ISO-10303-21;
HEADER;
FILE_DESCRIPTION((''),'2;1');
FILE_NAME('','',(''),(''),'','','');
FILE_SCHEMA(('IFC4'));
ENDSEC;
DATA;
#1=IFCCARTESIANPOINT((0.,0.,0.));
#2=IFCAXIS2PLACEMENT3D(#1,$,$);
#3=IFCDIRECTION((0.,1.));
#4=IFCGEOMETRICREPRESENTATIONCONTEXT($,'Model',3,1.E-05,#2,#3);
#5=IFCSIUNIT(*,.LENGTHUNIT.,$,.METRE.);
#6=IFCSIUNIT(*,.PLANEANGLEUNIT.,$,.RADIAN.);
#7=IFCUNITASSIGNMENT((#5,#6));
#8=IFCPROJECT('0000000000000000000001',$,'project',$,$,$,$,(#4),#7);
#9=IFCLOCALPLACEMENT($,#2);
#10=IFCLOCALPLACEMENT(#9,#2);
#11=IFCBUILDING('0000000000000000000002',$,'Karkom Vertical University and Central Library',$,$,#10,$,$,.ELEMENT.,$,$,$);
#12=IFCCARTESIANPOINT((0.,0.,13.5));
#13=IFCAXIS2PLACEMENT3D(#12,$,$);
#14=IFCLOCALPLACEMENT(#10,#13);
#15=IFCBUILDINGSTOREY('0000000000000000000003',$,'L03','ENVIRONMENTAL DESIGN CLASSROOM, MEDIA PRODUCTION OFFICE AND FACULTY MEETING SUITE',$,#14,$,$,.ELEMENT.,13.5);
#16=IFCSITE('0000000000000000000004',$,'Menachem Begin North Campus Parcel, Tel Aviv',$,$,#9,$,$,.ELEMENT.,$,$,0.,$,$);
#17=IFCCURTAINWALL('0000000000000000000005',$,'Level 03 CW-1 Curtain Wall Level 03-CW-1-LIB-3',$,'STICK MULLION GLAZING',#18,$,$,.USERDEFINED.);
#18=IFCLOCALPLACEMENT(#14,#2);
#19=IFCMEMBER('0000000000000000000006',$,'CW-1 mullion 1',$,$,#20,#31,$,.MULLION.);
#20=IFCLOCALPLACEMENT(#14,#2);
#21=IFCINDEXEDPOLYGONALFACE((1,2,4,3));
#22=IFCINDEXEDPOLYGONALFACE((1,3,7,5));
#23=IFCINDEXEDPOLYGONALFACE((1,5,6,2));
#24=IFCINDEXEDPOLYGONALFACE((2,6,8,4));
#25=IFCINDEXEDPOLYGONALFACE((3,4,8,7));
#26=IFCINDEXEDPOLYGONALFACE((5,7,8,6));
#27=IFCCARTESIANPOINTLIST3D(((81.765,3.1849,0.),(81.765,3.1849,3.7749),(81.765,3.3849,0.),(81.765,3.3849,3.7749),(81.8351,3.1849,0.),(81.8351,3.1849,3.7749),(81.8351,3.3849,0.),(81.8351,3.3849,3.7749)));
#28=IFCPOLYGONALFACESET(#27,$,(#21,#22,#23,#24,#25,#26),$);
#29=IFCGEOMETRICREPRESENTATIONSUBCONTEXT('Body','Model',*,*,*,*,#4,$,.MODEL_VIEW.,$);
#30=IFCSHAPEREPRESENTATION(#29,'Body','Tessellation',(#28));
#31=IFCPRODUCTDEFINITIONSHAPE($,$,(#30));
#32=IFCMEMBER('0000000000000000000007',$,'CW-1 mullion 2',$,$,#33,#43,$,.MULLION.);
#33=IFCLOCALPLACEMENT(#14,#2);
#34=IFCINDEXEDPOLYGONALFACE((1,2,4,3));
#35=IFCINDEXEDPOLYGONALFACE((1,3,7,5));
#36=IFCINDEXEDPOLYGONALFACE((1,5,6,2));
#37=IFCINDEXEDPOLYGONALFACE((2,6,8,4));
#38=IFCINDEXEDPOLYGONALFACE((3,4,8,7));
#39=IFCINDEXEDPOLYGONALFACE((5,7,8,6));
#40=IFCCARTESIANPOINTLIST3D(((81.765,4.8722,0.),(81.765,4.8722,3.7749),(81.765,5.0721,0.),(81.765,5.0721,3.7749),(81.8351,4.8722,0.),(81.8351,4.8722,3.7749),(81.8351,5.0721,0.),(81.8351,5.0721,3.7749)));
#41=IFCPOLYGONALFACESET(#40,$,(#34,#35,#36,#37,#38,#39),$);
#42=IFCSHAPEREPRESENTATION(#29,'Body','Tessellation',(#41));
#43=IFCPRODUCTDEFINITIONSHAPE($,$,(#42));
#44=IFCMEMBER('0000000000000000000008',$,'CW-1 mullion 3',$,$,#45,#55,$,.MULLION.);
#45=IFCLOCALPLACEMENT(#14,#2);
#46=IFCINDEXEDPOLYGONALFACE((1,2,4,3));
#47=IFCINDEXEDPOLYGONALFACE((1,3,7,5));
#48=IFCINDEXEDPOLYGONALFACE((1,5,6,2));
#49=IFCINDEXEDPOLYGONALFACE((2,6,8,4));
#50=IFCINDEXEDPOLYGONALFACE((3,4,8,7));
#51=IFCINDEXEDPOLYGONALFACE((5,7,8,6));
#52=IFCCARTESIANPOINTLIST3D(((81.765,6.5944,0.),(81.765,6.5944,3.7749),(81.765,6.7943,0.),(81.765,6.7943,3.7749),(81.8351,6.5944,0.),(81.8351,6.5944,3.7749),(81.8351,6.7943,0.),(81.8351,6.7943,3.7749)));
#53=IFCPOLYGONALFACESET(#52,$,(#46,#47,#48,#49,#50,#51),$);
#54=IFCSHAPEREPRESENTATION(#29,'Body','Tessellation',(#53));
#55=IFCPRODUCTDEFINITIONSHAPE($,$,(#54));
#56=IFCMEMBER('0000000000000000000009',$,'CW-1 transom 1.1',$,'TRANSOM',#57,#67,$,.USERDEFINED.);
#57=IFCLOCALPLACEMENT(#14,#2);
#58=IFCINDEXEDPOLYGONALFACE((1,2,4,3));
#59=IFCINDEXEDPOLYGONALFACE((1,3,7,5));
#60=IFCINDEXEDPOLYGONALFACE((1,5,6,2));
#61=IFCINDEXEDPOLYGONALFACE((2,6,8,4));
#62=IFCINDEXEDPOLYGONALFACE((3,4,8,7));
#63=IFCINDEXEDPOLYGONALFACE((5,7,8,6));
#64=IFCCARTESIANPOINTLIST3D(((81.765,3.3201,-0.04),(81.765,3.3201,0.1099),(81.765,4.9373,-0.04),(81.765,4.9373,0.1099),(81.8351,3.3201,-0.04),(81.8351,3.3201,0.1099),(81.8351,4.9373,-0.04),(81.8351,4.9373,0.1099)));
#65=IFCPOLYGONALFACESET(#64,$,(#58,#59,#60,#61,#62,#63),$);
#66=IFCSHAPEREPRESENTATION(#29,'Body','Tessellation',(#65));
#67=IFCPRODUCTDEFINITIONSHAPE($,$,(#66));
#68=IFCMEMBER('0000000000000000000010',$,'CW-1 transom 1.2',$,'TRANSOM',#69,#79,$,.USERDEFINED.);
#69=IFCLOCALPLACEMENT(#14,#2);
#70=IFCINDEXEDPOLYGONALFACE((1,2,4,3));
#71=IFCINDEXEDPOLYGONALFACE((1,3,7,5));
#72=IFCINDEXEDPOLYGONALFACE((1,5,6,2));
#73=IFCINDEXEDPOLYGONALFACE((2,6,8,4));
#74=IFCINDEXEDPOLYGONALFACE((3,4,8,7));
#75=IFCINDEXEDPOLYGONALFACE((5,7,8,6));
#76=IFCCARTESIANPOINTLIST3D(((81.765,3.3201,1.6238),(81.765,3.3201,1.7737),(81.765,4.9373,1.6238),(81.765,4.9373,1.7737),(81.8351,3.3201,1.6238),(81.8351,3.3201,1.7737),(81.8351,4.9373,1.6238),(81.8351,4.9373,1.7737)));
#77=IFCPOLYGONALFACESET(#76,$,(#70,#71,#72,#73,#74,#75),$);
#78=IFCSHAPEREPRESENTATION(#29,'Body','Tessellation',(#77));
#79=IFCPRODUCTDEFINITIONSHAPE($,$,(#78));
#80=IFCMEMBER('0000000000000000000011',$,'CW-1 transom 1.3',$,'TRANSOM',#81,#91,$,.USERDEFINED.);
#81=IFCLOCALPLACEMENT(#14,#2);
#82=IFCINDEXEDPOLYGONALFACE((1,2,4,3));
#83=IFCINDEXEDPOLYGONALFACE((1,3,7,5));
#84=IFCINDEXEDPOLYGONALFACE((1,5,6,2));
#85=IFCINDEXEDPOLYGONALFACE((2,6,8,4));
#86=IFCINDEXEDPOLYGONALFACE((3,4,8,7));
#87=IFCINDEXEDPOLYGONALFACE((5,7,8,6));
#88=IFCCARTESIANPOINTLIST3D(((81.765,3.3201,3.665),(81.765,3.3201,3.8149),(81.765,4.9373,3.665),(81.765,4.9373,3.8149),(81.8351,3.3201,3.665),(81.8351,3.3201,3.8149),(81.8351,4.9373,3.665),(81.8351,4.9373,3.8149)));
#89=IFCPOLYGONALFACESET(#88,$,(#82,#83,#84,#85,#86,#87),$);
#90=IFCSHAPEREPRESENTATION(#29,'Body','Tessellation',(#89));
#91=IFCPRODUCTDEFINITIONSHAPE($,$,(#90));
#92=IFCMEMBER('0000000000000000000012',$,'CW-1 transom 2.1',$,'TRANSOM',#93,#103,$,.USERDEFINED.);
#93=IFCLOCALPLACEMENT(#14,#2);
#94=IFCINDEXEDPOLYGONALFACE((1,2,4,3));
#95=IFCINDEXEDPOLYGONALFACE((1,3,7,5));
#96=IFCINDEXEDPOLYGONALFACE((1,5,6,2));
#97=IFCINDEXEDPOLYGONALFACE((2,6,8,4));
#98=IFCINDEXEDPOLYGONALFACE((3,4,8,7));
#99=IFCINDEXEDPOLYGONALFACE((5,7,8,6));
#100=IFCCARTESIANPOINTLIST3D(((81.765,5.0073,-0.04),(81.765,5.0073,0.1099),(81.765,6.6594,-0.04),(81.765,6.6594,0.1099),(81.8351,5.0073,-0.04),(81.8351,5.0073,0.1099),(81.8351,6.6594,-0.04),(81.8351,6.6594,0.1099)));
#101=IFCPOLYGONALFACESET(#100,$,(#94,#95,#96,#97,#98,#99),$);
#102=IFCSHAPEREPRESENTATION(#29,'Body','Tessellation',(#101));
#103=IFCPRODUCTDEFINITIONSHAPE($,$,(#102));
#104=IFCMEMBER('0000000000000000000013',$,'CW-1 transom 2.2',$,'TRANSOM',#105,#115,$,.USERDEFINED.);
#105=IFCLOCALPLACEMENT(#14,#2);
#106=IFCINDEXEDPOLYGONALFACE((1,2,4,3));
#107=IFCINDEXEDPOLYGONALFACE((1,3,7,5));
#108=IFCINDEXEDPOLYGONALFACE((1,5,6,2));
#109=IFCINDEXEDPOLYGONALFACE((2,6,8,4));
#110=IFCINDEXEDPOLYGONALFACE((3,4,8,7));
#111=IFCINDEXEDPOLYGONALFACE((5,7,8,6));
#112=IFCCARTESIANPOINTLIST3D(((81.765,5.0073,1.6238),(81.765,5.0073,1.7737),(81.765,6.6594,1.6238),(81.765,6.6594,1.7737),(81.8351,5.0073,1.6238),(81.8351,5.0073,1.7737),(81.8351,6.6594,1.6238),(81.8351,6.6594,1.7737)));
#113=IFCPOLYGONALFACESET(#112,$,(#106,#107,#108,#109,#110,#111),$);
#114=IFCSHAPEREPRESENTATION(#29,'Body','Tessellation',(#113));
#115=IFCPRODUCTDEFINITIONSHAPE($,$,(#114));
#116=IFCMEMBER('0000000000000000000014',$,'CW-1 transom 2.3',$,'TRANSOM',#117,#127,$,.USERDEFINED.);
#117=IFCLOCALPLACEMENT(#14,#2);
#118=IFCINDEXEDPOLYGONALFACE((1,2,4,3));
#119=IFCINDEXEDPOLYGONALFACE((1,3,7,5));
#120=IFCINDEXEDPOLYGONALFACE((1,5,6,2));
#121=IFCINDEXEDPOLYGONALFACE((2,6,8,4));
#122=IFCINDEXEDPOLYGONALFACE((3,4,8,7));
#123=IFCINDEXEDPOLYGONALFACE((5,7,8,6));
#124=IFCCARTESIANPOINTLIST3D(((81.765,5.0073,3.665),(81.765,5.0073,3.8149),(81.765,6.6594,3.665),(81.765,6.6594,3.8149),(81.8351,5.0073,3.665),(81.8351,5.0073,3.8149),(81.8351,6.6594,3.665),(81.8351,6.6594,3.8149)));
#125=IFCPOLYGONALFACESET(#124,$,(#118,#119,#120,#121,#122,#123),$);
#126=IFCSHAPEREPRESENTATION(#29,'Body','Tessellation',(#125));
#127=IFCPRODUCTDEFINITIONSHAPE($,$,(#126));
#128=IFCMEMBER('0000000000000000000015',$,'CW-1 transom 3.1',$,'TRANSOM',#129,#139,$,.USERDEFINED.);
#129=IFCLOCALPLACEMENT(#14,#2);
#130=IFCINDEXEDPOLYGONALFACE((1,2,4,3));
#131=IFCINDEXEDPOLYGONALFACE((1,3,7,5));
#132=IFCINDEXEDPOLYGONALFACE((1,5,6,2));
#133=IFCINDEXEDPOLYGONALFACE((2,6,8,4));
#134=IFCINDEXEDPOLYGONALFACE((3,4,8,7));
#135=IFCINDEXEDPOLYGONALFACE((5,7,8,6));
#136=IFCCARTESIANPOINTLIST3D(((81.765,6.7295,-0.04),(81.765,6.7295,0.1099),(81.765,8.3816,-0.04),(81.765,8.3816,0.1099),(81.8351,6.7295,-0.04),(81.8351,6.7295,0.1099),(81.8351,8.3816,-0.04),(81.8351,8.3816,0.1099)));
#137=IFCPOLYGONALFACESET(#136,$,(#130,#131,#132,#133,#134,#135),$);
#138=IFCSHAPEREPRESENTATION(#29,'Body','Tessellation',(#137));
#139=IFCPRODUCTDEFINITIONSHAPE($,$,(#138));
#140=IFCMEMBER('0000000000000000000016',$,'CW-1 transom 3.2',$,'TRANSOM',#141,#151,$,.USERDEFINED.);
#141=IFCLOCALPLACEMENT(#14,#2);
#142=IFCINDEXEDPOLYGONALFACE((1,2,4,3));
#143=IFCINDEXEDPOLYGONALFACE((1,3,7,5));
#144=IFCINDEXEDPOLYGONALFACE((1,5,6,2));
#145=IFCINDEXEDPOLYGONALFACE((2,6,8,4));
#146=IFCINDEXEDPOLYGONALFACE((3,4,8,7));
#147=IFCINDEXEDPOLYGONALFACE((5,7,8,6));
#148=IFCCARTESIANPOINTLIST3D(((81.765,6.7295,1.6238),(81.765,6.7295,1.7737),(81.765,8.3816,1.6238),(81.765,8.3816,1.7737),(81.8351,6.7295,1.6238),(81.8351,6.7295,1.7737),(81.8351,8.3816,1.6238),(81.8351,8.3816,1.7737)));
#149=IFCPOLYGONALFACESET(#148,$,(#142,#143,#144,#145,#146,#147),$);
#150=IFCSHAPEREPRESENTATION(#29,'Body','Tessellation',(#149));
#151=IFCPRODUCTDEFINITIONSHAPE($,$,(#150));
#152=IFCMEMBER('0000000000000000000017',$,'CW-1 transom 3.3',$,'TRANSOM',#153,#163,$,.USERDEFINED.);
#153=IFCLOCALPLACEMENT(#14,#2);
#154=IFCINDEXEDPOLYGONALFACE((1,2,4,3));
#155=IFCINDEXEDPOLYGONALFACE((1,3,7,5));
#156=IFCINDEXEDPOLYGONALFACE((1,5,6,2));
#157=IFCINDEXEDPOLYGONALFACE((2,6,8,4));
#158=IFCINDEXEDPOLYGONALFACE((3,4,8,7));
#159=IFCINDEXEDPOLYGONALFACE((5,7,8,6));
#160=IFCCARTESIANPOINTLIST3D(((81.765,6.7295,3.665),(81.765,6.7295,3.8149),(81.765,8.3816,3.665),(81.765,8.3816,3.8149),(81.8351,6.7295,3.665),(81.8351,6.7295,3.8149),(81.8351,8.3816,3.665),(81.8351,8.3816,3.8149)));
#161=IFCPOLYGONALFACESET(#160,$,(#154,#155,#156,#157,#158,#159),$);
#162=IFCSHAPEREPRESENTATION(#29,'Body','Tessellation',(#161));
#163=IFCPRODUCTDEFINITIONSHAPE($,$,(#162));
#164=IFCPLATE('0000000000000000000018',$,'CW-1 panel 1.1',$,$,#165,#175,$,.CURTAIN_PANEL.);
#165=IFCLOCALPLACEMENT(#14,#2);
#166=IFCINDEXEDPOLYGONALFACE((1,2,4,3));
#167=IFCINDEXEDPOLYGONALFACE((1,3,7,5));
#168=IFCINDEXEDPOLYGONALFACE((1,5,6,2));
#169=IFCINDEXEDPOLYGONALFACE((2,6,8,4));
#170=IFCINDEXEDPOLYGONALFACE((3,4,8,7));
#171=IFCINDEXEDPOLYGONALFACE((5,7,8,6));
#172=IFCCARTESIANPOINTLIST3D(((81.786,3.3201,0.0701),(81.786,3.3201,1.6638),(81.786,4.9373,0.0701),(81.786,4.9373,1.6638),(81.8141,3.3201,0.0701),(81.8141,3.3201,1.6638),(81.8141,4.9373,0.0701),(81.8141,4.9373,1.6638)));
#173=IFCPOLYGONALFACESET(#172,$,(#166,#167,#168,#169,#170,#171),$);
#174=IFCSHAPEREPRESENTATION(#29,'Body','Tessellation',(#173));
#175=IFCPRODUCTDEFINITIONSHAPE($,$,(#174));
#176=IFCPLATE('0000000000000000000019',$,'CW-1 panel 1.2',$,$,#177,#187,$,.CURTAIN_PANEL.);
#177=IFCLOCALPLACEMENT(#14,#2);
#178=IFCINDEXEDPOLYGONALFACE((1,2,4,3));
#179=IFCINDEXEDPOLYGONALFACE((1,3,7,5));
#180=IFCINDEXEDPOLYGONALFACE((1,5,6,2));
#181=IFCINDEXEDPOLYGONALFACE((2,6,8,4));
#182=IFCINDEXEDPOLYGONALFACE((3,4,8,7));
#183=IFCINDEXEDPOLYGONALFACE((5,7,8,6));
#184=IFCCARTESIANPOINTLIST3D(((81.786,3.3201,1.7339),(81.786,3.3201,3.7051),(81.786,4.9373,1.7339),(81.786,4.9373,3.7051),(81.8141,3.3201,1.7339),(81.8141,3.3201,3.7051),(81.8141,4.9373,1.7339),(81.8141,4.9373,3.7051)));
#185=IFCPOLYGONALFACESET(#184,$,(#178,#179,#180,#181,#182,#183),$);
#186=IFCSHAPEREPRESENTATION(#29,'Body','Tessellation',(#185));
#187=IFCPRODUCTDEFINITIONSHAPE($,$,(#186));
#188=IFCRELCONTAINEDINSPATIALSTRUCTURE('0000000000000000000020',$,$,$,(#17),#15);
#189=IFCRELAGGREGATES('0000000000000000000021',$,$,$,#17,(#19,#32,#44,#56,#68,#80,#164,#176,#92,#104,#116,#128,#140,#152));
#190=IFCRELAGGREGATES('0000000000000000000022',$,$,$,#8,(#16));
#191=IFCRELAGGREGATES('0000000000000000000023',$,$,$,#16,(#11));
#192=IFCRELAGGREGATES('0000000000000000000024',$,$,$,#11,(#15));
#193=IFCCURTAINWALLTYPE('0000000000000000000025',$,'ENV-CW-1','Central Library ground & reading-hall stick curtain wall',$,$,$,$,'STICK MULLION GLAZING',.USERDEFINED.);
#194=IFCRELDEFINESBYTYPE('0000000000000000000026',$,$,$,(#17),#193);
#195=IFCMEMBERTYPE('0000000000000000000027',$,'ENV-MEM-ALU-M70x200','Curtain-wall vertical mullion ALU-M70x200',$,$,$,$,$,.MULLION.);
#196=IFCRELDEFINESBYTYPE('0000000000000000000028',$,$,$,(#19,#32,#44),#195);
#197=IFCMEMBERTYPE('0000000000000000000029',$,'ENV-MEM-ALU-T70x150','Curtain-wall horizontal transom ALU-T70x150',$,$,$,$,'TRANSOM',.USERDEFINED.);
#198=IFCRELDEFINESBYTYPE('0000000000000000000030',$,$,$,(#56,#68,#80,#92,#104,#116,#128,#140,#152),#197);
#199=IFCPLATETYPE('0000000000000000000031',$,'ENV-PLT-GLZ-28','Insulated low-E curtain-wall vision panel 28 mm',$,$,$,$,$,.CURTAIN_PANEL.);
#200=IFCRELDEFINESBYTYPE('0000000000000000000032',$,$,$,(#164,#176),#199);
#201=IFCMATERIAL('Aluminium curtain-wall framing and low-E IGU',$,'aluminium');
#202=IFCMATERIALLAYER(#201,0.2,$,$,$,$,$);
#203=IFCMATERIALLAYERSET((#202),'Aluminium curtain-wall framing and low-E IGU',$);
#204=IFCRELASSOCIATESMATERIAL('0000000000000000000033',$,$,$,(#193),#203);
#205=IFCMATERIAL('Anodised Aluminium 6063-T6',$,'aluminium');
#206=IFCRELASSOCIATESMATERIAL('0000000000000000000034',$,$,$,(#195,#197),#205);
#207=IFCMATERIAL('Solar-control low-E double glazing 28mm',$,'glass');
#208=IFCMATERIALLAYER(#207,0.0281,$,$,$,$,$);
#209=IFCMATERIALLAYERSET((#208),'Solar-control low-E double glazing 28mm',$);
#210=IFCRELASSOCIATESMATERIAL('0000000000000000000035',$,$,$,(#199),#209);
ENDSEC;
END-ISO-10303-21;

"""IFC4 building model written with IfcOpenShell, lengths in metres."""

from ifc_helpers import new_model, si_unit, direction, frame, origin, origin_with_axes, origin_2d, place, context, subcontext, project, spatial, rectangle, extrude, source, transform, mapped, material, layer, layer_set, material_profile, profile_set, type_object, element, aggregate, save


model = new_model("IFC4")

# Units and contexts
model_context = context("Model", 3, precision=1e-05, world=origin(), true_north=direction((0.0, 1.0)))
body_context = subcontext(model_context, "Body", "Model", "MODEL_VIEW")
ifc_project = project(units=[si_unit("LENGTHUNIT", "METRE"), si_unit("PLANEANGLEUNIT", "RADIAN")], contexts=[model_context])

# Site, building, storey
site_placement = place(None, origin())
site = spatial("IfcSite", under=ifc_project, at=site_placement, Name="Menachem Begin North Campus Parcel, Tel Aviv", CompositionType="ELEMENT", RefElevation=0.0)
building_placement = place(site_placement, origin())
building = spatial("IfcBuilding", under=site, at=building_placement, Name="Karkom Vertical University and Central Library", CompositionType="ELEMENT")
storey_placement = place(building_placement, frame((0.0, 0.0, 13.5)))
storey = spatial("IfcBuildingStorey", under=building, at=storey_placement, Name="L03", Description="ENVIRONMENTAL DESIGN CLASSROOM, MEDIA PRODUCTION OFFICE AND FACULTY MEETING SUITE", CompositionType="ELEMENT", Elevation=13.5)

# Curtain wall, members, plates
ifc_material_1 = material(Name="Aluminium curtain-wall framing and low-E IGU", Category="aluminium")
ifc_layer_1 = layer(ifc_material_1, 0.2)
ifc_layer_set_1 = layer_set([ifc_layer_1], Name="Aluminium curtain-wall framing and low-E IGU")
curtain_wall_type = type_object("IfcCurtainWallType", Name="ENV-CW-1", Description="Central Library ground & reading-hall stick curtain wall", ElementType="STICK MULLION GLAZING", PredefinedType="USERDEFINED", material=ifc_layer_set_1)
curtain_wall_placement = place(storey_placement, origin())
curtain_wall = element("IfcCurtainWall", 1, at=curtain_wall_placement, inside=storey, type_object=curtain_wall_type, Name="Level 03 CW-1 Curtain Wall Level 03-CW-1-LIB-3", ObjectType="STICK MULLION GLAZING", PredefinedType="USERDEFINED")
ifc_material_2 = material(Name="Anodised Aluminium 6063-T6", Category="aluminium")
ifc_material_profile_1 = material_profile(ifc_material_2, rectangle(XDim=0.0701, YDim=0.2, at=origin_2d()), Name="ALU-M70x200")
ifc_profile_set_1 = profile_set([ifc_material_profile_1], Name="Anodised Aluminium 6063-T6")
member_type_1 = type_object("IfcMemberType", Name="ENV-MEM-ALU-M70x200", Description="Curtain-wall vertical mullion ALU-M70x200", PredefinedType="MULLION", material=ifc_profile_set_1)
shared_shape_1 = source(origin_with_axes(), body_context, "Body", "SweptSolid", [
    extrude(rectangle(XDim=0.0701, YDim=0.2, at=origin_2d()), origin(), (0.0, 0.0, 1.0), 3.7749),
])
member_1_placement = place(storey_placement, frame((81.8, 3.2849, 0.0), z_axis=(0.0, 0.0, 1.0), x_axis=(-1.0, 0.0, 0.0)))
member_1 = element("IfcMember", 2, at=member_1_placement, type_object=member_type_1, Name="CW-1 mullion 1", PredefinedType="MULLION", context=body_context, shape_type="MappedRepresentation", body=[
    mapped(shared_shape_1, transform((0.0, 0.0, 0.0), scale=1.0)),
])
member_2_placement = place(storey_placement, frame((81.8, 4.9722, 0.0), z_axis=(0.0, 0.0, 1.0), x_axis=(-1.0, 0.0, 0.0)))
member_2 = element("IfcMember", 3, at=member_2_placement, type_object=member_type_1, Name="CW-1 mullion 2", PredefinedType="MULLION", context=body_context, shape_type="MappedRepresentation", body=[
    mapped(shared_shape_1, transform((0.0, 0.0, 0.0), scale=1.0)),
])
member_3_placement = place(storey_placement, frame((81.8, 6.6943, 0.0), z_axis=(0.0, 0.0, 1.0), x_axis=(-1.0, 0.0, 0.0)))
member_3 = element("IfcMember", 4, at=member_3_placement, type_object=member_type_1, Name="CW-1 mullion 3", PredefinedType="MULLION", context=body_context, shape_type="MappedRepresentation", body=[
    mapped(shared_shape_1, transform((0.0, 0.0, 0.0), scale=1.0)),
])
ifc_material_profile_2 = material_profile(ifc_material_2, rectangle(XDim=0.0701, YDim=0.1499, at=origin_2d()), Name="ALU-T70x150")
ifc_profile_set_2 = profile_set([ifc_material_profile_2], Name="Anodised Aluminium 6063-T6")
member_type_2 = type_object("IfcMemberType", Name="ENV-MEM-ALU-T70x150", Description="Curtain-wall horizontal transom ALU-T70x150", ElementType="TRANSOM", PredefinedType="USERDEFINED", material=ifc_profile_set_2)
shared_shape_2 = source(origin_with_axes(), body_context, "Body", "SweptSolid", [
    extrude(rectangle(XDim=0.0701, YDim=0.1499, at=origin_2d()), origin(), (0.0, 0.0, 1.0), 1.6172),
])
member_4_placement = place(storey_placement, frame((81.8, 3.3201, 0.0349), z_axis=(0.0, 1.0, 0.0), x_axis=(-1.0, 0.0, 0.0)))
member_4 = element("IfcMember", 5, at=member_4_placement, type_object=member_type_2, Name="CW-1 transom 1.1", ObjectType="TRANSOM", PredefinedType="USERDEFINED", context=body_context, shape_type="MappedRepresentation", body=[
    mapped(shared_shape_2, transform((0.0, 0.0, 0.0), scale=1.0)),
])
member_5_placement = place(storey_placement, frame((81.8, 3.3201, 1.6987), z_axis=(0.0, 1.0, 0.0), x_axis=(-1.0, 0.0, 0.0)))
member_5 = element("IfcMember", 6, at=member_5_placement, type_object=member_type_2, Name="CW-1 transom 1.2", ObjectType="TRANSOM", PredefinedType="USERDEFINED", context=body_context, shape_type="MappedRepresentation", body=[
    mapped(shared_shape_2, transform((0.0, 0.0, 0.0), scale=1.0)),
])
member_6_placement = place(storey_placement, frame((81.8, 3.3201, 3.74), z_axis=(0.0, 1.0, 0.0), x_axis=(-1.0, 0.0, 0.0)))
member_6 = element("IfcMember", 7, at=member_6_placement, type_object=member_type_2, Name="CW-1 transom 1.3", ObjectType="TRANSOM", PredefinedType="USERDEFINED", context=body_context, shape_type="MappedRepresentation", body=[
    mapped(shared_shape_2, transform((0.0, 0.0, 0.0), scale=1.0)),
])
shared_shape_3 = source(origin_with_axes(), body_context, "Body", "SweptSolid", [
    extrude(rectangle(XDim=0.0701, YDim=0.1499, at=origin_2d()), origin(), (0.0, 0.0, 1.0), 1.6521),
])
member_7_placement = place(storey_placement, frame((81.8, 5.0073, 0.0349), z_axis=(0.0, 1.0, 0.0), x_axis=(-1.0, 0.0, 0.0)))
member_7 = element("IfcMember", 8, at=member_7_placement, type_object=member_type_2, Name="CW-1 transom 2.1", ObjectType="TRANSOM", PredefinedType="USERDEFINED", context=body_context, shape_type="MappedRepresentation", body=[
    mapped(shared_shape_3, transform((0.0, 0.0, 0.0), scale=1.0)),
])
member_8_placement = place(storey_placement, frame((81.8, 5.0073, 1.6987), z_axis=(0.0, 1.0, 0.0), x_axis=(-1.0, 0.0, 0.0)))
member_8 = element("IfcMember", 9, at=member_8_placement, type_object=member_type_2, Name="CW-1 transom 2.2", ObjectType="TRANSOM", PredefinedType="USERDEFINED", context=body_context, shape_type="MappedRepresentation", body=[
    mapped(shared_shape_3, transform((0.0, 0.0, 0.0), scale=1.0)),
])
member_9_placement = place(storey_placement, frame((81.8, 5.0073, 3.74), z_axis=(0.0, 1.0, 0.0), x_axis=(-1.0, 0.0, 0.0)))
member_9 = element("IfcMember", 10, at=member_9_placement, type_object=member_type_2, Name="CW-1 transom 2.3", ObjectType="TRANSOM", PredefinedType="USERDEFINED", context=body_context, shape_type="MappedRepresentation", body=[
    mapped(shared_shape_3, transform((0.0, 0.0, 0.0), scale=1.0)),
])
member_10_placement = place(storey_placement, frame((81.8, 6.7295, 0.0349), z_axis=(0.0, 1.0, 0.0), x_axis=(-1.0, 0.0, 0.0)))
member_10 = element("IfcMember", 11, at=member_10_placement, type_object=member_type_2, Name="CW-1 transom 3.1", ObjectType="TRANSOM", PredefinedType="USERDEFINED", context=body_context, shape_type="MappedRepresentation", body=[
    mapped(shared_shape_3, transform((0.0, 0.0, 0.0), scale=1.0)),
])
member_11_placement = place(storey_placement, frame((81.8, 6.7295, 1.6987), z_axis=(0.0, 1.0, 0.0), x_axis=(-1.0, 0.0, 0.0)))
member_11 = element("IfcMember", 12, at=member_11_placement, type_object=member_type_2, Name="CW-1 transom 3.2", ObjectType="TRANSOM", PredefinedType="USERDEFINED", context=body_context, shape_type="MappedRepresentation", body=[
    mapped(shared_shape_3, transform((0.0, 0.0, 0.0), scale=1.0)),
])
member_12_placement = place(storey_placement, frame((81.8, 6.7295, 3.74), z_axis=(0.0, 1.0, 0.0), x_axis=(-1.0, 0.0, 0.0)))
member_12 = element("IfcMember", 13, at=member_12_placement, type_object=member_type_2, Name="CW-1 transom 3.3", ObjectType="TRANSOM", PredefinedType="USERDEFINED", context=body_context, shape_type="MappedRepresentation", body=[
    mapped(shared_shape_3, transform((0.0, 0.0, 0.0), scale=1.0)),
])
ifc_material_3 = material(Name="Solar-control low-E double glazing 28mm", Category="glass")
ifc_layer_2 = layer(ifc_material_3, 0.0281)
ifc_layer_set_2 = layer_set([ifc_layer_2], Name="Solar-control low-E double glazing 28mm")
plate_type = type_object("IfcPlateType", Name="ENV-PLT-GLZ-28", Description="Insulated low-E curtain-wall vision panel 28 mm", PredefinedType="CURTAIN_PANEL", material=ifc_layer_set_2)
shared_shape_4 = source(origin_with_axes(), body_context, "Body", "SweptSolid", [
    extrude(rectangle(XDim=1.6172, YDim=0.0281, at=origin_2d()), origin(), (0.0, 0.0, 1.0), 1.5938),
])
plate_1_placement = place(storey_placement, frame((81.8, 4.1287, 0.0701), z_axis=(0.0, 0.0, 1.0), x_axis=(0.0, 1.0, 0.0)))
plate_1 = element("IfcPlate", 14, at=plate_1_placement, type_object=plate_type, Name="CW-1 panel 1.1", PredefinedType="CURTAIN_PANEL", context=body_context, shape_type="MappedRepresentation", body=[
    mapped(shared_shape_4, transform((0.0, 0.0, 0.0), scale=1.0)),
])
shared_shape_5 = source(origin_with_axes(), body_context, "Body", "SweptSolid", [
    extrude(rectangle(XDim=1.6172, YDim=0.0281, at=origin_2d()), origin(), (0.0, 0.0, 1.0), 1.9712),
])
plate_2_placement = place(storey_placement, frame((81.8, 4.1287, 1.7339), z_axis=(0.0, 0.0, 1.0), x_axis=(0.0, 1.0, 0.0)))
plate_2 = element("IfcPlate", 15, at=plate_2_placement, type_object=plate_type, Name="CW-1 panel 1.2", PredefinedType="CURTAIN_PANEL", context=body_context, shape_type="MappedRepresentation", body=[
    mapped(shared_shape_5, transform((0.0, 0.0, 0.0), scale=1.0)),
])
aggregate(curtain_wall, [member_1, member_2, member_3, member_4, member_5, member_6, plate_1, plate_2, member_7, member_8, member_9, member_10, member_11, member_12])

save(model, "model.ifc")
